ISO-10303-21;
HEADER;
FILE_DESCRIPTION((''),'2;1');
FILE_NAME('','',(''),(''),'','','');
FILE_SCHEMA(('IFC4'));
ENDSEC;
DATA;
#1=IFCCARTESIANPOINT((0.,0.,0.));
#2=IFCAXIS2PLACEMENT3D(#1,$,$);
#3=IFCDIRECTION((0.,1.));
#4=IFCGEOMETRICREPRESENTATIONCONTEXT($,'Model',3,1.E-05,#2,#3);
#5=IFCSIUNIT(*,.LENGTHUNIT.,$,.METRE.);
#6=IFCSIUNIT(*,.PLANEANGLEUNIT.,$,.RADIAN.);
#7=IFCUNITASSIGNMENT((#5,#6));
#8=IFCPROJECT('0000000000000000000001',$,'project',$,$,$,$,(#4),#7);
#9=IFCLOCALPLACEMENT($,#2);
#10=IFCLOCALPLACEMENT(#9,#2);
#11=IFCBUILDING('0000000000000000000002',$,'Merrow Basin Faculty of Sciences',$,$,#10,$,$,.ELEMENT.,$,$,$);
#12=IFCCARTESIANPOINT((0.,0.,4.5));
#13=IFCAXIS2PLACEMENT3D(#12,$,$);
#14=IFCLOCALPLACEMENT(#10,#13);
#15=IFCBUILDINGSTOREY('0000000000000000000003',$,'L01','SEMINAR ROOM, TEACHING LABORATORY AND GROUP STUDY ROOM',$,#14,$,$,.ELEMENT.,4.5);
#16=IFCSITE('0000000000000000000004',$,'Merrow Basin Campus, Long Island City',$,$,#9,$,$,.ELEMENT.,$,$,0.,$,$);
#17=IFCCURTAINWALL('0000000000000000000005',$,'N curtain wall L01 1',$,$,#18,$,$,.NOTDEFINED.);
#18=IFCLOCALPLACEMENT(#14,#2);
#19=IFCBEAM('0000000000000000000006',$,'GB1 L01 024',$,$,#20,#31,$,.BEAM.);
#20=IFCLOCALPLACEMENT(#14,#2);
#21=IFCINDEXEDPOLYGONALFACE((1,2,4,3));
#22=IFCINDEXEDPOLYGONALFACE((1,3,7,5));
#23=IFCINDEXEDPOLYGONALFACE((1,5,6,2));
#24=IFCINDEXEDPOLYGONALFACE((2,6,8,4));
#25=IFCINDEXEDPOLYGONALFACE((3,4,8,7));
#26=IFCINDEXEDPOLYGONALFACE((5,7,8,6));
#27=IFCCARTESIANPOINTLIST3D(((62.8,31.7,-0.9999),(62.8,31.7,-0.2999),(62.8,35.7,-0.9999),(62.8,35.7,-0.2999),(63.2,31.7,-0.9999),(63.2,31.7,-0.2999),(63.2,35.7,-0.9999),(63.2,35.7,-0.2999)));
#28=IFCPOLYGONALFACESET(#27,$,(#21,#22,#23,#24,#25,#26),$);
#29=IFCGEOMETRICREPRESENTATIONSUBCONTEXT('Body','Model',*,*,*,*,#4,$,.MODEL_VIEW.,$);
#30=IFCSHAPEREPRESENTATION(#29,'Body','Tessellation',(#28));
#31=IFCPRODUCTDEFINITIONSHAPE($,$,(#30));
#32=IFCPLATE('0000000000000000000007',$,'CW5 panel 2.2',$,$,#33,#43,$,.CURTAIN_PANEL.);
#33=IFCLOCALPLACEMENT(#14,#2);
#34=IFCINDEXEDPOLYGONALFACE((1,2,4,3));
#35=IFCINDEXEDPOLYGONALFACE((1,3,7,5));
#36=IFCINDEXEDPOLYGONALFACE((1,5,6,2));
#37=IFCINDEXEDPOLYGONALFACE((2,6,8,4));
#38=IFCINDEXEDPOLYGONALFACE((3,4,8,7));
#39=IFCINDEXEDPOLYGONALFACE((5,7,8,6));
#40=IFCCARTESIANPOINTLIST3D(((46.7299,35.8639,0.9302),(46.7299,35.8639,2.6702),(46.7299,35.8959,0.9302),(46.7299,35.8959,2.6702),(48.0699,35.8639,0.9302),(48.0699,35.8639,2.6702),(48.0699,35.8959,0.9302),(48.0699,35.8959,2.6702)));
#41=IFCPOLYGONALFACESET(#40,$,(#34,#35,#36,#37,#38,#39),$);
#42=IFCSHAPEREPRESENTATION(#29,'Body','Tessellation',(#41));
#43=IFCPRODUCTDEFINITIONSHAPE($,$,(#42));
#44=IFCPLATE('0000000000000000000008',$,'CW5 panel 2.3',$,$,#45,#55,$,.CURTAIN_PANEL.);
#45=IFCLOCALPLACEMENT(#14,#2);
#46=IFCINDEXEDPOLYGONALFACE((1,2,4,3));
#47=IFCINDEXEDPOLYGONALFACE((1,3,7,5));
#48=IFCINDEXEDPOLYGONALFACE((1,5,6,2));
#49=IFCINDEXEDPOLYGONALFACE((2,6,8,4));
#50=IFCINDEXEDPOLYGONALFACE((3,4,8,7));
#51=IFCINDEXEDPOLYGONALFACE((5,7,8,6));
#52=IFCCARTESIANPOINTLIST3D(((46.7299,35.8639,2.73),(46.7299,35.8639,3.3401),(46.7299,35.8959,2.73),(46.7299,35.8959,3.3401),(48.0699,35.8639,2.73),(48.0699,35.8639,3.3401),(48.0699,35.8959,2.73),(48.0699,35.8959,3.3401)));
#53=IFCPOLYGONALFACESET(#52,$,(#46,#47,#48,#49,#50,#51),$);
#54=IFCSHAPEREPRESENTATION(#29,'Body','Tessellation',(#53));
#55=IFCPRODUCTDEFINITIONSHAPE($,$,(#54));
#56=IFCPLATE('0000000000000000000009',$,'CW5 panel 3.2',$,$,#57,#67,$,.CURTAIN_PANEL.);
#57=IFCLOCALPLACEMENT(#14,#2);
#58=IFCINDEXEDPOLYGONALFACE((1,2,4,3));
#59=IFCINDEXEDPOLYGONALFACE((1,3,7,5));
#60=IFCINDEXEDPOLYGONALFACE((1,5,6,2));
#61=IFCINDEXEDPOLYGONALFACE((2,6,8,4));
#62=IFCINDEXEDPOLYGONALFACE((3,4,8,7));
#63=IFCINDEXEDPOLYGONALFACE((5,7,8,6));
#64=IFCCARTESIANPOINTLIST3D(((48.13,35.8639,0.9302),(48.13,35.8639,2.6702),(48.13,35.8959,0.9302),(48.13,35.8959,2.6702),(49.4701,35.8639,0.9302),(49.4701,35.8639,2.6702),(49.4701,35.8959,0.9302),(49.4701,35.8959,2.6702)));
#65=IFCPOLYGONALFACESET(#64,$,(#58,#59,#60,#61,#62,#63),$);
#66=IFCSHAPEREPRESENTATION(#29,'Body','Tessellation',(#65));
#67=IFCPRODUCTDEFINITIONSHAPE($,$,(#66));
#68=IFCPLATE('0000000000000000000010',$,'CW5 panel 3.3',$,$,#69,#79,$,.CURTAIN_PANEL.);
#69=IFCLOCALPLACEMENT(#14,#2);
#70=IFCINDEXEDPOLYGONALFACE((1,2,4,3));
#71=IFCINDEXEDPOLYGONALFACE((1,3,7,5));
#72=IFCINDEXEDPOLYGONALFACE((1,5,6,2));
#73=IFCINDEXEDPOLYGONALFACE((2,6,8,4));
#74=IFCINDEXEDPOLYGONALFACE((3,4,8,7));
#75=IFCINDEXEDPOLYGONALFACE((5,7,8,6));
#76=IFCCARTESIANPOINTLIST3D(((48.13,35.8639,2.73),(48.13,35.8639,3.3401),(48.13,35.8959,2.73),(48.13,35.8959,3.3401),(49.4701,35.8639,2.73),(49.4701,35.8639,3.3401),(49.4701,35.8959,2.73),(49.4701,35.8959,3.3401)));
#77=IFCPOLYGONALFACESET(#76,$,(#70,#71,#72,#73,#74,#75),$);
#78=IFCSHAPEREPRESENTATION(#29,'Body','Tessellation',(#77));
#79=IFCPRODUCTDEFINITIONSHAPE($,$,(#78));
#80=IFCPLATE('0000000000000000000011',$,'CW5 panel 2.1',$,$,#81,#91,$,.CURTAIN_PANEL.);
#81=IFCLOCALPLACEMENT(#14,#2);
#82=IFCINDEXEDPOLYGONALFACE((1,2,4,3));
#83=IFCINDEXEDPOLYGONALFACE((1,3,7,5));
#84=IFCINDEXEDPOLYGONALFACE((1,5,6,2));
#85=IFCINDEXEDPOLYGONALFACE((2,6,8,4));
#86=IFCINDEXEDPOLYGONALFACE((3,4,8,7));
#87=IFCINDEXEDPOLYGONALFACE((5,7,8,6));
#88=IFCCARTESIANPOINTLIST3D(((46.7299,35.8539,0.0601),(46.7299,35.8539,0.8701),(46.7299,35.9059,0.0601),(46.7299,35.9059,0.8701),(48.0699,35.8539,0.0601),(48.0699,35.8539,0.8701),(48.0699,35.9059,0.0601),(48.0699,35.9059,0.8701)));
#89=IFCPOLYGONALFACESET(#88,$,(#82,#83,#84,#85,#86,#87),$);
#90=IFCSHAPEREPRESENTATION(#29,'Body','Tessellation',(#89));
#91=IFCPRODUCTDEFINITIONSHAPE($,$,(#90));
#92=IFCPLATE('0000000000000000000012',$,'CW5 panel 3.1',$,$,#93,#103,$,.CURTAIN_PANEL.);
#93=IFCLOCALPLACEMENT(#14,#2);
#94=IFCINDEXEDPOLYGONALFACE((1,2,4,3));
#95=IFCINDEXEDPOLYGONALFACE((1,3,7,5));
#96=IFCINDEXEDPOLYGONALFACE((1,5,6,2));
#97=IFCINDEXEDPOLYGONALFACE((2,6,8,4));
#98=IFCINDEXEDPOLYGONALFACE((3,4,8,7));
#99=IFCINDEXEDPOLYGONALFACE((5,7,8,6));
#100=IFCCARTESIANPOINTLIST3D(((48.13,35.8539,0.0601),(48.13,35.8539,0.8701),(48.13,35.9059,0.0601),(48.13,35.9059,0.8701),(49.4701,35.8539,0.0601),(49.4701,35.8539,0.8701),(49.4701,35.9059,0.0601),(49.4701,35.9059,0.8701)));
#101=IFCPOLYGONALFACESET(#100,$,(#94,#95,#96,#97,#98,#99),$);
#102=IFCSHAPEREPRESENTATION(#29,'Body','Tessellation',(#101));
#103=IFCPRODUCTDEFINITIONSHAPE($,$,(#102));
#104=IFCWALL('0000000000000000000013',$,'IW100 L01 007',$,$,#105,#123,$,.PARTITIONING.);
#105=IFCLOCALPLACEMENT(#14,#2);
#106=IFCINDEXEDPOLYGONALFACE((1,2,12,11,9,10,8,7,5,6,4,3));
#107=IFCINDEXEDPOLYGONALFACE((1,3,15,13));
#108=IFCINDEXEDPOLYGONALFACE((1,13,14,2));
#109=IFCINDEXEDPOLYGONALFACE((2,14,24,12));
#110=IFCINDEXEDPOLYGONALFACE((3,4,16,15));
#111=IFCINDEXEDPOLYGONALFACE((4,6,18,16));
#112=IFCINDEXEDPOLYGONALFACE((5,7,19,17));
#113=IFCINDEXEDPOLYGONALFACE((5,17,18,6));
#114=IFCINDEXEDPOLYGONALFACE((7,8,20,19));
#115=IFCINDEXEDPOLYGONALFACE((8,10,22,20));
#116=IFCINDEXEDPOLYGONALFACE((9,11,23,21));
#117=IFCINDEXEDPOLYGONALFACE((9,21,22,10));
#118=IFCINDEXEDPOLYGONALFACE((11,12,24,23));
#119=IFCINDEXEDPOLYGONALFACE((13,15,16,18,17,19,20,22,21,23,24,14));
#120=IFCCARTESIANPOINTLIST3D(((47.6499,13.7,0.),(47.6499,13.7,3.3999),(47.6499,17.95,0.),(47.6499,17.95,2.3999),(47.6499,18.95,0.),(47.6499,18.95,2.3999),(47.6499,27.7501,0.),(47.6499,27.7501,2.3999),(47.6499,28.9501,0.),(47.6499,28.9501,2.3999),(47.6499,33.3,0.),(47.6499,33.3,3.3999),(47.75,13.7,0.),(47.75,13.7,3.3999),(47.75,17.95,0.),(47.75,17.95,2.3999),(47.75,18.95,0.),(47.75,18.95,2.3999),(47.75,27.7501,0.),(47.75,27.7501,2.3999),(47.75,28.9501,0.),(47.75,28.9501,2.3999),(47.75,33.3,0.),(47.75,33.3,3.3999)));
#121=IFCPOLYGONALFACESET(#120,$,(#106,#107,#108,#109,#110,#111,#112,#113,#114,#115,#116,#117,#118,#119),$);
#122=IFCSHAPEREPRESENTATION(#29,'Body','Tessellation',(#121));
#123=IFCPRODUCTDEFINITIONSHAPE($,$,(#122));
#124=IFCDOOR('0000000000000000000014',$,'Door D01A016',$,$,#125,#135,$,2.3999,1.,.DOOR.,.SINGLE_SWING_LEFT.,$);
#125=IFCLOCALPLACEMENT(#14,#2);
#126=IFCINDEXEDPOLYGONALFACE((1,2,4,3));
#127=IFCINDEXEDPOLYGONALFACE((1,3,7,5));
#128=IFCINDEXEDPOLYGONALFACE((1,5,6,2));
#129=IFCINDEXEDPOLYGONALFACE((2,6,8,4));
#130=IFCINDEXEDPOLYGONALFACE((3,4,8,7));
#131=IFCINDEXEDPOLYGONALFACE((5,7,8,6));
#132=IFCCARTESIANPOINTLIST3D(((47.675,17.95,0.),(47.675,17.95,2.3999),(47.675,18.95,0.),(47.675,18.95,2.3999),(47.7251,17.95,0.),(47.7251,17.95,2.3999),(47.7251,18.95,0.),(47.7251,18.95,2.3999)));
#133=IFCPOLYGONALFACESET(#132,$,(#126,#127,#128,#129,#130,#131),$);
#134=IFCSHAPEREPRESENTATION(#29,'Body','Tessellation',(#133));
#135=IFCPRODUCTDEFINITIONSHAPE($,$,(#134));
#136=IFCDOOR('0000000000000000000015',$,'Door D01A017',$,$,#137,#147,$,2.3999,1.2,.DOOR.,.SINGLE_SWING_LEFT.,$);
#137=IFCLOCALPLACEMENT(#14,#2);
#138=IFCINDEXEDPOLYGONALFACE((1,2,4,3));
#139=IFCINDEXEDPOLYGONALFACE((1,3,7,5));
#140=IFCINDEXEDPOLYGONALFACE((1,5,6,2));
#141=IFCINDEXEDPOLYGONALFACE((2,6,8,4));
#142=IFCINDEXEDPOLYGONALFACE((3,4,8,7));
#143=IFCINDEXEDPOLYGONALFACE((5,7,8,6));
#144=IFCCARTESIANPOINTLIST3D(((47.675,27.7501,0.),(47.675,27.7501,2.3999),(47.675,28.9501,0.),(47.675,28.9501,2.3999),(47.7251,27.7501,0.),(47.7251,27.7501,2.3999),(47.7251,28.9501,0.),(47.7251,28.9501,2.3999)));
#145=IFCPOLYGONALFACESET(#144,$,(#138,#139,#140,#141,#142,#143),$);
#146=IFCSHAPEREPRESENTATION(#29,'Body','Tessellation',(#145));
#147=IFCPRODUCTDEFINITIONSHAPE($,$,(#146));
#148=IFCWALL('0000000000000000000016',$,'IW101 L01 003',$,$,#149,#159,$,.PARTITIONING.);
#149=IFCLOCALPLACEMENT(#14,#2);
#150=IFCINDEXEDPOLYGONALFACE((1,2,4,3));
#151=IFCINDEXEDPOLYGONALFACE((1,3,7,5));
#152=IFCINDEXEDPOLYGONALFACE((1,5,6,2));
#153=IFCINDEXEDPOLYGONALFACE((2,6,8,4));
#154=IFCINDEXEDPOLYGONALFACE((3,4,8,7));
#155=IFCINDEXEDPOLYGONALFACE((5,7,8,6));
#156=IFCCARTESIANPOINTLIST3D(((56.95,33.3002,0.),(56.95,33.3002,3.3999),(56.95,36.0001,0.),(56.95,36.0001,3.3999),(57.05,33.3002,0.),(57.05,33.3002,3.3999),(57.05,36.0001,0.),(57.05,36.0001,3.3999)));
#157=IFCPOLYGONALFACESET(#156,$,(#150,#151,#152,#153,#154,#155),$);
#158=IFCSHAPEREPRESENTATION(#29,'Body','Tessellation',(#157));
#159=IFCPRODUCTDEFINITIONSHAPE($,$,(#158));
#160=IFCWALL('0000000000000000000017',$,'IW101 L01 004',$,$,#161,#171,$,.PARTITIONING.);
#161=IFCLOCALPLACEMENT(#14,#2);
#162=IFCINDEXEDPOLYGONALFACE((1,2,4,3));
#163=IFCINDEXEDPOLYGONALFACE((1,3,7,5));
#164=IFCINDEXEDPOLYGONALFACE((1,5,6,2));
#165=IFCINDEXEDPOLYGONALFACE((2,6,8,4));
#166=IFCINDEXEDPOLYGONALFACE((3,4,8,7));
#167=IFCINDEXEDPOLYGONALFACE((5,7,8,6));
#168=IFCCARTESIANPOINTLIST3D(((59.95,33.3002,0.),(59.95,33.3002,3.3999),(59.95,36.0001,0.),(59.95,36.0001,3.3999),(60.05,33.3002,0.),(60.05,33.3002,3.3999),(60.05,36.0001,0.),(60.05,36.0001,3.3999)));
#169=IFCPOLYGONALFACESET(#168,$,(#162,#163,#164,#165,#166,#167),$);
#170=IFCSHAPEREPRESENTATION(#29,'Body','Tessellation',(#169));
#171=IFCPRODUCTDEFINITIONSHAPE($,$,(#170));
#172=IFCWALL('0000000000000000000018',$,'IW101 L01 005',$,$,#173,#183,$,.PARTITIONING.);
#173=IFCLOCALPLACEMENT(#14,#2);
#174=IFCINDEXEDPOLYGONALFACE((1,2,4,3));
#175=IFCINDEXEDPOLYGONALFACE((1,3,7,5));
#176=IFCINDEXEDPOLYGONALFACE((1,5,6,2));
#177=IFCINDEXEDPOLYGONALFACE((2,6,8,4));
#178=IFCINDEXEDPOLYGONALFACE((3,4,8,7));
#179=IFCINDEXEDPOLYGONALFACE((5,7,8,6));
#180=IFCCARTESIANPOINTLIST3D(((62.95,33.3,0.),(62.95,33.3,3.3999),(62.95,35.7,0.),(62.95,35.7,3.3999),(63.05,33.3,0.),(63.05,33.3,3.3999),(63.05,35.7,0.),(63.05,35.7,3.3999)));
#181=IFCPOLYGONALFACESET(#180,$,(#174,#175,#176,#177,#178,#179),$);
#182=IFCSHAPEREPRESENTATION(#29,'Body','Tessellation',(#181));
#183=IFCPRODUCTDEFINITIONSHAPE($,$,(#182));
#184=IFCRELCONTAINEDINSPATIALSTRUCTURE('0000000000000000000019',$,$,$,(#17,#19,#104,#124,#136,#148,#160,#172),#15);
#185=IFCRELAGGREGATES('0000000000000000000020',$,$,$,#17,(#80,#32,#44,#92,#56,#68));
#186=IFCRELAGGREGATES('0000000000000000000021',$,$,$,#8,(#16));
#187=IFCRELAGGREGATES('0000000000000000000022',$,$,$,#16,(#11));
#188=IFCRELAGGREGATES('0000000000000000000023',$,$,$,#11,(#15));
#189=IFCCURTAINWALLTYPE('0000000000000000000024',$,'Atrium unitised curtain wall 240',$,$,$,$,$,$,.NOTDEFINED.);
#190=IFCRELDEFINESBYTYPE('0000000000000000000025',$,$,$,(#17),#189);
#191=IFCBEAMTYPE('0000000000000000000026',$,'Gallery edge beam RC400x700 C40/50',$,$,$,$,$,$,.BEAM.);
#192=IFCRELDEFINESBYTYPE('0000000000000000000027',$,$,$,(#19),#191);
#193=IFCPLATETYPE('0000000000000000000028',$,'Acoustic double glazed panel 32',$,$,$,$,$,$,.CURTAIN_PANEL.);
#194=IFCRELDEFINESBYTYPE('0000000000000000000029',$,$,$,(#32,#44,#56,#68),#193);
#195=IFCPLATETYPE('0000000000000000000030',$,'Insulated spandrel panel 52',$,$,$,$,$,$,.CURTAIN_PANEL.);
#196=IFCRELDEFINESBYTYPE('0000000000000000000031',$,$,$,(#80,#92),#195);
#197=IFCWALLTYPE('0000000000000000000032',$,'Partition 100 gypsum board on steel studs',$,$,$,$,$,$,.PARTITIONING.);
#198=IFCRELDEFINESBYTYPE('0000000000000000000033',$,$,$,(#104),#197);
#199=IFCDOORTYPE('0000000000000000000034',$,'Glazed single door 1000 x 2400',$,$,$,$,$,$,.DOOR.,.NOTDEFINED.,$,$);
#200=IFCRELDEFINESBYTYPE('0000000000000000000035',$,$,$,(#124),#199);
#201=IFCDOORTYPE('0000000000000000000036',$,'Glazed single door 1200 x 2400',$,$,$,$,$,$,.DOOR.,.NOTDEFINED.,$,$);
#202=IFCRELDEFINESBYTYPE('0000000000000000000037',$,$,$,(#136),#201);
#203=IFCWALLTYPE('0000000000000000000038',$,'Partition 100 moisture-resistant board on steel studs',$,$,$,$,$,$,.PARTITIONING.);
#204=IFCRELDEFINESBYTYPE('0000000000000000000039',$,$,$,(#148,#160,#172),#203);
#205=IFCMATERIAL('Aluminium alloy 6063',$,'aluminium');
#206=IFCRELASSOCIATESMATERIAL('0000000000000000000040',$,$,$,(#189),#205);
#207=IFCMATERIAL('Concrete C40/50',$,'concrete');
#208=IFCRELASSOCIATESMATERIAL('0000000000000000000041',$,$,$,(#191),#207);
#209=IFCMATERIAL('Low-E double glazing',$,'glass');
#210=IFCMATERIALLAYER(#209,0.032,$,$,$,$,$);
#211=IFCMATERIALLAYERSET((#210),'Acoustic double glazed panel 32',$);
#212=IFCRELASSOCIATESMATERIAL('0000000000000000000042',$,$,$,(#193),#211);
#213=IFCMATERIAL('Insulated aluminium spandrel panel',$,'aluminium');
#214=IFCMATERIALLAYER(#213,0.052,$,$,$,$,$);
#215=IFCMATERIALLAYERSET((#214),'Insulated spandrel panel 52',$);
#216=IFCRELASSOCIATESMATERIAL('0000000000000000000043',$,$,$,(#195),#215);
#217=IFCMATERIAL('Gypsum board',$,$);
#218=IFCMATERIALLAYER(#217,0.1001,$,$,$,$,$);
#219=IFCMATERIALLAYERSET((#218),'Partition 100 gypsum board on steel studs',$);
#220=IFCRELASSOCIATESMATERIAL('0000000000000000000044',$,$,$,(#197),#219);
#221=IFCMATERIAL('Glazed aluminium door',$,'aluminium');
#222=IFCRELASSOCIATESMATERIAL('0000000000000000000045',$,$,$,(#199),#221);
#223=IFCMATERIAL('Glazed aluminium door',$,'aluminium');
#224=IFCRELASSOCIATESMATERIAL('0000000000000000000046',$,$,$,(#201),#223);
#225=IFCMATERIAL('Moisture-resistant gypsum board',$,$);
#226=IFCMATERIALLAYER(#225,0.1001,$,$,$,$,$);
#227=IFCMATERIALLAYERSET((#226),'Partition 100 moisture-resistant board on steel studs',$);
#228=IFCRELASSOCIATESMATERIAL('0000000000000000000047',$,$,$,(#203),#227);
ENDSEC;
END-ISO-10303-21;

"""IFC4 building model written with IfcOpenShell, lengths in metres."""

from ifc_helpers import new_model, si_unit, direction, frame, frame_2d, origin, origin_2d, place, context, subcontext, project, spatial, rectangle, extrude, material, layer, layer_set, material_profile, profile_set, type_object, element, fill, aggregate, save


model = new_model("IFC4")

# Units and contexts
model_context = context("Model", 3, precision=1e-05, world=origin(), true_north=direction((0.0, 1.0)))
body_context = subcontext(model_context, "Body", "Model", "MODEL_VIEW")
ifc_project = project(units=[si_unit("LENGTHUNIT", "METRE"), si_unit("PLANEANGLEUNIT", "RADIAN")], contexts=[model_context])

# Site, building, storey
site_placement = place(None, origin())
site = spatial("IfcSite", under=ifc_project, at=site_placement, Name="Merrow Basin Campus, Long Island City", CompositionType="ELEMENT", RefElevation=0.0)
building_placement = place(site_placement, origin())
building = spatial("IfcBuilding", under=site, at=building_placement, Name="Merrow Basin Faculty of Sciences", CompositionType="ELEMENT")
storey_placement = place(building_placement, frame((0.0, 0.0, 4.5)))
storey = spatial("IfcBuildingStorey", under=building, at=storey_placement, Name="L01", Description="SEMINAR ROOM, TEACHING LABORATORY AND GROUP STUDY ROOM", CompositionType="ELEMENT", Elevation=4.5)

# Curtain wall
ifc_material_1 = material(Name="Aluminium alloy 6063", Category="aluminium")
curtain_wall_type = type_object("IfcCurtainWallType", Name="Atrium unitised curtain wall 240", PredefinedType="NOTDEFINED", material=ifc_material_1)
curtain_wall_placement = place(storey_placement, origin())
curtain_wall = element("IfcCurtainWall", 1, at=curtain_wall_placement, inside=storey, type_object=curtain_wall_type, Name="N curtain wall L01 1", PredefinedType="NOTDEFINED")

# Beam
ifc_material_2 = material(Name="Concrete C40/50", Category="concrete")
ifc_material_profile_1 = material_profile(ifc_material_2, rectangle(XDim=0.3999, YDim=0.7, at=origin_2d()))
ifc_profile_set_1 = profile_set([ifc_material_profile_1], Name="Concrete C40/50")
beam_type = type_object("IfcBeamType", Name="Gallery edge beam RC400x700 C40/50", PredefinedType="BEAM", material=ifc_profile_set_1)
beam_1_placement = place(storey_placement, frame((63.0, 31.7, -0.6499), z_axis=(0.0, 1.0, 0.0), x_axis=(-1.0, 0.0, 0.0)))
element("IfcBeam", 2, at=beam_1_placement, inside=storey, type_object=beam_type, Name="GB1 L01 024", PredefinedType="BEAM", context=body_context, shape_type="SweptSolid", body=[
    extrude(rectangle(XDim=0.3999, YDim=0.7, at=origin_2d()), origin(), (0.0, 0.0, 1.0), 4.0),
])

# Plates
ifc_material_3 = material(Name="Low-E double glazing", Category="glass")
ifc_layer_1 = layer(ifc_material_3, 0.032)
ifc_layer_set_1 = layer_set([ifc_layer_1], Name="Acoustic double glazed panel 32")
plate_type_1 = type_object("IfcPlateType", Name="Acoustic double glazed panel 32", PredefinedType="CURTAIN_PANEL", material=ifc_layer_set_1)
plate_1_placement = place(storey_placement, frame((47.3999, 35.8799, 0.9302), z_axis=(0.0, 0.0, 1.0), x_axis=(1.0, 0.0, 0.0)))
plate_1 = element("IfcPlate", 3, at=plate_1_placement, type_object=plate_type_1, Name="CW5 panel 2.2", PredefinedType="CURTAIN_PANEL", context=body_context, shape_type="SweptSolid", body=[
    extrude(rectangle(XDim=1.3401, YDim=0.032, at=origin_2d()), origin(), (0.0, 0.0, 1.0), 1.74),
])
plate_2_placement = place(storey_placement, frame((47.3999, 35.8799, 2.73), z_axis=(0.0, 0.0, 1.0), x_axis=(1.0, 0.0, 0.0)))
plate_2 = element("IfcPlate", 4, at=plate_2_placement, type_object=plate_type_1, Name="CW5 panel 2.3", PredefinedType="CURTAIN_PANEL", context=body_context, shape_type="SweptSolid", body=[
    extrude(rectangle(XDim=1.3401, YDim=0.032, at=origin_2d()), origin(), (0.0, 0.0, 1.0), 0.6101),
])
plate_3_placement = place(storey_placement, frame((48.8, 35.8799, 0.9302), z_axis=(0.0, 0.0, 1.0), x_axis=(1.0, 0.0, 0.0)))
plate_3 = element("IfcPlate", 5, at=plate_3_placement, type_object=plate_type_1, Name="CW5 panel 3.2", PredefinedType="CURTAIN_PANEL", context=body_context, shape_type="SweptSolid", body=[
    extrude(rectangle(XDim=1.3401, YDim=0.032, at=origin_2d()), origin(), (0.0, 0.0, 1.0), 1.74),
])
plate_4_placement = place(storey_placement, frame((48.8, 35.8799, 2.73), z_axis=(0.0, 0.0, 1.0), x_axis=(1.0, 0.0, 0.0)))
plate_4 = element("IfcPlate", 6, at=plate_4_placement, type_object=plate_type_1, Name="CW5 panel 3.3", PredefinedType="CURTAIN_PANEL", context=body_context, shape_type="SweptSolid", body=[
    extrude(rectangle(XDim=1.3401, YDim=0.032, at=origin_2d()), origin(), (0.0, 0.0, 1.0), 0.6101),
])
ifc_material_4 = material(Name="Insulated aluminium spandrel panel", Category="aluminium")
ifc_layer_2 = layer(ifc_material_4, 0.052)
ifc_layer_set_2 = layer_set([ifc_layer_2], Name="Insulated spandrel panel 52")
plate_type_2 = type_object("IfcPlateType", Name="Insulated spandrel panel 52", PredefinedType="CURTAIN_PANEL", material=ifc_layer_set_2)
plate_5_placement = place(storey_placement, frame((47.3999, 35.8799, 0.0601), z_axis=(0.0, 0.0, 1.0), x_axis=(1.0, 0.0, 0.0)))
plate_5 = element("IfcPlate", 7, at=plate_5_placement, type_object=plate_type_2, Name="CW5 panel 2.1", PredefinedType="CURTAIN_PANEL", context=body_context, shape_type="SweptSolid", body=[
    extrude(rectangle(XDim=1.3401, YDim=0.052, at=origin_2d()), origin(), (0.0, 0.0, 1.0), 0.8101),
])
plate_6_placement = place(storey_placement, frame((48.8, 35.8799, 0.0601), z_axis=(0.0, 0.0, 1.0), x_axis=(1.0, 0.0, 0.0)))
plate_6 = element("IfcPlate", 8, at=plate_6_placement, type_object=plate_type_2, Name="CW5 panel 3.1", PredefinedType="CURTAIN_PANEL", context=body_context, shape_type="SweptSolid", body=[
    extrude(rectangle(XDim=1.3401, YDim=0.052, at=origin_2d()), origin(), (0.0, 0.0, 1.0), 0.8101),
])
aggregate(curtain_wall, [plate_5, plate_1, plate_2, plate_6, plate_3, plate_4])

# Wall, openings, doors
ifc_material_5 = material(Name="Gypsum board")
ifc_layer_3 = layer(ifc_material_5, 0.1001)
ifc_layer_set_3 = layer_set([ifc_layer_3], Name="Partition 100 gypsum board on steel studs")
wall_type_1 = type_object("IfcWallType", Name="Partition 100 gypsum board on steel studs", PredefinedType="PARTITIONING", material=ifc_layer_set_3)
wall_1_placement = place(storey_placement, frame((47.7, 13.7, 0.0), z_axis=(0.0, 0.0, 1.0), x_axis=(0.0, 1.0, 0.0)))
wall_1 = element("IfcWall", 9, at=wall_1_placement, inside=storey, type_object=wall_type_1, Name="IW100 L01 007", PredefinedType="PARTITIONING", context=body_context, shape_type="SweptSolid", body=[
    extrude(rectangle(XDim=19.6001, YDim=0.1001, at=frame_2d((9.8, 0.0))), origin(), (0.0, 0.0, 1.0), 3.3999),
])
opening_1_placement = place(wall_1_placement, frame((4.25, 0.0, 0.0)))
opening_1 = element("IfcOpeningElement", 10, at=opening_1_placement, cuts=wall_1, PredefinedType="OPENING", context=body_context, shape_type="SweptSolid", body=[
    extrude(rectangle(XDim=1.0, YDim=2.3999, at=frame_2d((0.5, 1.2))), frame((0.0, 0.0601, 0.0), z_axis=(0.0, -1.0, 0.0), x_axis=(1.0, 0.0, 0.0)), (0.0, 0.0, 1.0), 0.1201),
])
opening_2_placement = place(wall_1_placement, frame((14.05, 0.0, 0.0)))
opening_2 = element("IfcOpeningElement", 11, at=opening_2_placement, cuts=wall_1, PredefinedType="OPENING", context=body_context, shape_type="SweptSolid", body=[
    extrude(rectangle(XDim=1.2, YDim=2.3999, at=frame_2d((0.6001, 1.2))), frame((0.0, 0.0601, 0.0), z_axis=(0.0, -1.0, 0.0), x_axis=(1.0, 0.0, 0.0)), (0.0, 0.0, 1.0), 0.1201),
])
ifc_material_6 = material(Name="Glazed aluminium door", Category="aluminium")
door_type_1 = type_object("IfcDoorType", Name="Glazed single door 1000 x 2400", OperationType="NOTDEFINED", PredefinedType="DOOR", material=ifc_material_6)
door_1_placement = place(opening_1_placement, origin())
door_1 = element("IfcDoor", 12, at=door_1_placement, inside=storey, type_object=door_type_1, Name="Door D01A016", OperationType="SINGLE_SWING_LEFT", OverallHeight=2.3999, OverallWidth=1.0, PredefinedType="DOOR", context=body_context, shape_type="SweptSolid", body=[
    extrude(rectangle(XDim=1.0, YDim=2.3999, at=frame_2d((0.5, 1.2))), frame((0.0, 0.0249, 0.0), z_axis=(0.0, -1.0, 0.0), x_axis=(1.0, 0.0, 0.0)), (0.0, 0.0, 1.0), 0.05),
])
fill(opening_1, door_1)
ifc_material_7 = material(Name="Glazed aluminium door", Category="aluminium")
door_type_2 = type_object("IfcDoorType", Name="Glazed single door 1200 x 2400", OperationType="NOTDEFINED", PredefinedType="DOOR", material=ifc_material_7)
door_2_placement = place(opening_2_placement, origin())
door_2 = element("IfcDoor", 13, at=door_2_placement, inside=storey, type_object=door_type_2, Name="Door D01A017", OperationType="SINGLE_SWING_LEFT", OverallHeight=2.3999, OverallWidth=1.2, PredefinedType="DOOR", context=body_context, shape_type="SweptSolid", body=[
    extrude(rectangle(XDim=1.2, YDim=2.3999, at=frame_2d((0.6001, 1.2))), frame((0.0, 0.0249, 0.0), z_axis=(0.0, -1.0, 0.0), x_axis=(1.0, 0.0, 0.0)), (0.0, 0.0, 1.0), 0.05),
])
fill(opening_2, door_2)

# Walls
ifc_material_8 = material(Name="Moisture-resistant gypsum board")
ifc_layer_4 = layer(ifc_material_8, 0.1001)
ifc_layer_set_4 = layer_set([ifc_layer_4], Name="Partition 100 moisture-resistant board on steel studs")
wall_type_2 = type_object("IfcWallType", Name="Partition 100 moisture-resistant board on steel studs", PredefinedType="PARTITIONING", material=ifc_layer_set_4)
for number, where, z_axis, x_axis, name in (
    (14, (57.0, 33.3, 0.0), (0.0, 0.0, 1.0), (0.0, 1.0, 0.0), "IW101 L01 003"),
    (15, (60.0, 33.3, 0.0), (0.0, 0.0, 1.0), (0.0, 1.0, 0.0), "IW101 L01 004"),
):
    element("IfcWall", number, at=place(storey_placement, frame(where, z_axis=z_axis, x_axis=x_axis)), inside=storey, type_object=wall_type_2, Name=name, PredefinedType="PARTITIONING", context=body_context, shape_type="SweptSolid", body=[
        extrude(rectangle(XDim=2.7, YDim=0.1001, at=frame_2d((1.3501, 0.0))), origin(), (0.0, 0.0, 1.0), 3.3999),
    ])
wall_2_placement = place(storey_placement, frame((63.0, 33.3, 0.0), z_axis=(0.0, 0.0, 1.0), x_axis=(0.0, 1.0, 0.0)))
element("IfcWall", 16, at=wall_2_placement, inside=storey, type_object=wall_type_2, Name="IW101 L01 005", PredefinedType="PARTITIONING", context=body_context, shape_type="SweptSolid", body=[
    extrude(rectangle(XDim=2.3999, YDim=0.1001, at=frame_2d((1.2, 0.0))), origin(), (0.0, 0.0, 1.0), 3.3999),
])

save(model, "model.ifc")
